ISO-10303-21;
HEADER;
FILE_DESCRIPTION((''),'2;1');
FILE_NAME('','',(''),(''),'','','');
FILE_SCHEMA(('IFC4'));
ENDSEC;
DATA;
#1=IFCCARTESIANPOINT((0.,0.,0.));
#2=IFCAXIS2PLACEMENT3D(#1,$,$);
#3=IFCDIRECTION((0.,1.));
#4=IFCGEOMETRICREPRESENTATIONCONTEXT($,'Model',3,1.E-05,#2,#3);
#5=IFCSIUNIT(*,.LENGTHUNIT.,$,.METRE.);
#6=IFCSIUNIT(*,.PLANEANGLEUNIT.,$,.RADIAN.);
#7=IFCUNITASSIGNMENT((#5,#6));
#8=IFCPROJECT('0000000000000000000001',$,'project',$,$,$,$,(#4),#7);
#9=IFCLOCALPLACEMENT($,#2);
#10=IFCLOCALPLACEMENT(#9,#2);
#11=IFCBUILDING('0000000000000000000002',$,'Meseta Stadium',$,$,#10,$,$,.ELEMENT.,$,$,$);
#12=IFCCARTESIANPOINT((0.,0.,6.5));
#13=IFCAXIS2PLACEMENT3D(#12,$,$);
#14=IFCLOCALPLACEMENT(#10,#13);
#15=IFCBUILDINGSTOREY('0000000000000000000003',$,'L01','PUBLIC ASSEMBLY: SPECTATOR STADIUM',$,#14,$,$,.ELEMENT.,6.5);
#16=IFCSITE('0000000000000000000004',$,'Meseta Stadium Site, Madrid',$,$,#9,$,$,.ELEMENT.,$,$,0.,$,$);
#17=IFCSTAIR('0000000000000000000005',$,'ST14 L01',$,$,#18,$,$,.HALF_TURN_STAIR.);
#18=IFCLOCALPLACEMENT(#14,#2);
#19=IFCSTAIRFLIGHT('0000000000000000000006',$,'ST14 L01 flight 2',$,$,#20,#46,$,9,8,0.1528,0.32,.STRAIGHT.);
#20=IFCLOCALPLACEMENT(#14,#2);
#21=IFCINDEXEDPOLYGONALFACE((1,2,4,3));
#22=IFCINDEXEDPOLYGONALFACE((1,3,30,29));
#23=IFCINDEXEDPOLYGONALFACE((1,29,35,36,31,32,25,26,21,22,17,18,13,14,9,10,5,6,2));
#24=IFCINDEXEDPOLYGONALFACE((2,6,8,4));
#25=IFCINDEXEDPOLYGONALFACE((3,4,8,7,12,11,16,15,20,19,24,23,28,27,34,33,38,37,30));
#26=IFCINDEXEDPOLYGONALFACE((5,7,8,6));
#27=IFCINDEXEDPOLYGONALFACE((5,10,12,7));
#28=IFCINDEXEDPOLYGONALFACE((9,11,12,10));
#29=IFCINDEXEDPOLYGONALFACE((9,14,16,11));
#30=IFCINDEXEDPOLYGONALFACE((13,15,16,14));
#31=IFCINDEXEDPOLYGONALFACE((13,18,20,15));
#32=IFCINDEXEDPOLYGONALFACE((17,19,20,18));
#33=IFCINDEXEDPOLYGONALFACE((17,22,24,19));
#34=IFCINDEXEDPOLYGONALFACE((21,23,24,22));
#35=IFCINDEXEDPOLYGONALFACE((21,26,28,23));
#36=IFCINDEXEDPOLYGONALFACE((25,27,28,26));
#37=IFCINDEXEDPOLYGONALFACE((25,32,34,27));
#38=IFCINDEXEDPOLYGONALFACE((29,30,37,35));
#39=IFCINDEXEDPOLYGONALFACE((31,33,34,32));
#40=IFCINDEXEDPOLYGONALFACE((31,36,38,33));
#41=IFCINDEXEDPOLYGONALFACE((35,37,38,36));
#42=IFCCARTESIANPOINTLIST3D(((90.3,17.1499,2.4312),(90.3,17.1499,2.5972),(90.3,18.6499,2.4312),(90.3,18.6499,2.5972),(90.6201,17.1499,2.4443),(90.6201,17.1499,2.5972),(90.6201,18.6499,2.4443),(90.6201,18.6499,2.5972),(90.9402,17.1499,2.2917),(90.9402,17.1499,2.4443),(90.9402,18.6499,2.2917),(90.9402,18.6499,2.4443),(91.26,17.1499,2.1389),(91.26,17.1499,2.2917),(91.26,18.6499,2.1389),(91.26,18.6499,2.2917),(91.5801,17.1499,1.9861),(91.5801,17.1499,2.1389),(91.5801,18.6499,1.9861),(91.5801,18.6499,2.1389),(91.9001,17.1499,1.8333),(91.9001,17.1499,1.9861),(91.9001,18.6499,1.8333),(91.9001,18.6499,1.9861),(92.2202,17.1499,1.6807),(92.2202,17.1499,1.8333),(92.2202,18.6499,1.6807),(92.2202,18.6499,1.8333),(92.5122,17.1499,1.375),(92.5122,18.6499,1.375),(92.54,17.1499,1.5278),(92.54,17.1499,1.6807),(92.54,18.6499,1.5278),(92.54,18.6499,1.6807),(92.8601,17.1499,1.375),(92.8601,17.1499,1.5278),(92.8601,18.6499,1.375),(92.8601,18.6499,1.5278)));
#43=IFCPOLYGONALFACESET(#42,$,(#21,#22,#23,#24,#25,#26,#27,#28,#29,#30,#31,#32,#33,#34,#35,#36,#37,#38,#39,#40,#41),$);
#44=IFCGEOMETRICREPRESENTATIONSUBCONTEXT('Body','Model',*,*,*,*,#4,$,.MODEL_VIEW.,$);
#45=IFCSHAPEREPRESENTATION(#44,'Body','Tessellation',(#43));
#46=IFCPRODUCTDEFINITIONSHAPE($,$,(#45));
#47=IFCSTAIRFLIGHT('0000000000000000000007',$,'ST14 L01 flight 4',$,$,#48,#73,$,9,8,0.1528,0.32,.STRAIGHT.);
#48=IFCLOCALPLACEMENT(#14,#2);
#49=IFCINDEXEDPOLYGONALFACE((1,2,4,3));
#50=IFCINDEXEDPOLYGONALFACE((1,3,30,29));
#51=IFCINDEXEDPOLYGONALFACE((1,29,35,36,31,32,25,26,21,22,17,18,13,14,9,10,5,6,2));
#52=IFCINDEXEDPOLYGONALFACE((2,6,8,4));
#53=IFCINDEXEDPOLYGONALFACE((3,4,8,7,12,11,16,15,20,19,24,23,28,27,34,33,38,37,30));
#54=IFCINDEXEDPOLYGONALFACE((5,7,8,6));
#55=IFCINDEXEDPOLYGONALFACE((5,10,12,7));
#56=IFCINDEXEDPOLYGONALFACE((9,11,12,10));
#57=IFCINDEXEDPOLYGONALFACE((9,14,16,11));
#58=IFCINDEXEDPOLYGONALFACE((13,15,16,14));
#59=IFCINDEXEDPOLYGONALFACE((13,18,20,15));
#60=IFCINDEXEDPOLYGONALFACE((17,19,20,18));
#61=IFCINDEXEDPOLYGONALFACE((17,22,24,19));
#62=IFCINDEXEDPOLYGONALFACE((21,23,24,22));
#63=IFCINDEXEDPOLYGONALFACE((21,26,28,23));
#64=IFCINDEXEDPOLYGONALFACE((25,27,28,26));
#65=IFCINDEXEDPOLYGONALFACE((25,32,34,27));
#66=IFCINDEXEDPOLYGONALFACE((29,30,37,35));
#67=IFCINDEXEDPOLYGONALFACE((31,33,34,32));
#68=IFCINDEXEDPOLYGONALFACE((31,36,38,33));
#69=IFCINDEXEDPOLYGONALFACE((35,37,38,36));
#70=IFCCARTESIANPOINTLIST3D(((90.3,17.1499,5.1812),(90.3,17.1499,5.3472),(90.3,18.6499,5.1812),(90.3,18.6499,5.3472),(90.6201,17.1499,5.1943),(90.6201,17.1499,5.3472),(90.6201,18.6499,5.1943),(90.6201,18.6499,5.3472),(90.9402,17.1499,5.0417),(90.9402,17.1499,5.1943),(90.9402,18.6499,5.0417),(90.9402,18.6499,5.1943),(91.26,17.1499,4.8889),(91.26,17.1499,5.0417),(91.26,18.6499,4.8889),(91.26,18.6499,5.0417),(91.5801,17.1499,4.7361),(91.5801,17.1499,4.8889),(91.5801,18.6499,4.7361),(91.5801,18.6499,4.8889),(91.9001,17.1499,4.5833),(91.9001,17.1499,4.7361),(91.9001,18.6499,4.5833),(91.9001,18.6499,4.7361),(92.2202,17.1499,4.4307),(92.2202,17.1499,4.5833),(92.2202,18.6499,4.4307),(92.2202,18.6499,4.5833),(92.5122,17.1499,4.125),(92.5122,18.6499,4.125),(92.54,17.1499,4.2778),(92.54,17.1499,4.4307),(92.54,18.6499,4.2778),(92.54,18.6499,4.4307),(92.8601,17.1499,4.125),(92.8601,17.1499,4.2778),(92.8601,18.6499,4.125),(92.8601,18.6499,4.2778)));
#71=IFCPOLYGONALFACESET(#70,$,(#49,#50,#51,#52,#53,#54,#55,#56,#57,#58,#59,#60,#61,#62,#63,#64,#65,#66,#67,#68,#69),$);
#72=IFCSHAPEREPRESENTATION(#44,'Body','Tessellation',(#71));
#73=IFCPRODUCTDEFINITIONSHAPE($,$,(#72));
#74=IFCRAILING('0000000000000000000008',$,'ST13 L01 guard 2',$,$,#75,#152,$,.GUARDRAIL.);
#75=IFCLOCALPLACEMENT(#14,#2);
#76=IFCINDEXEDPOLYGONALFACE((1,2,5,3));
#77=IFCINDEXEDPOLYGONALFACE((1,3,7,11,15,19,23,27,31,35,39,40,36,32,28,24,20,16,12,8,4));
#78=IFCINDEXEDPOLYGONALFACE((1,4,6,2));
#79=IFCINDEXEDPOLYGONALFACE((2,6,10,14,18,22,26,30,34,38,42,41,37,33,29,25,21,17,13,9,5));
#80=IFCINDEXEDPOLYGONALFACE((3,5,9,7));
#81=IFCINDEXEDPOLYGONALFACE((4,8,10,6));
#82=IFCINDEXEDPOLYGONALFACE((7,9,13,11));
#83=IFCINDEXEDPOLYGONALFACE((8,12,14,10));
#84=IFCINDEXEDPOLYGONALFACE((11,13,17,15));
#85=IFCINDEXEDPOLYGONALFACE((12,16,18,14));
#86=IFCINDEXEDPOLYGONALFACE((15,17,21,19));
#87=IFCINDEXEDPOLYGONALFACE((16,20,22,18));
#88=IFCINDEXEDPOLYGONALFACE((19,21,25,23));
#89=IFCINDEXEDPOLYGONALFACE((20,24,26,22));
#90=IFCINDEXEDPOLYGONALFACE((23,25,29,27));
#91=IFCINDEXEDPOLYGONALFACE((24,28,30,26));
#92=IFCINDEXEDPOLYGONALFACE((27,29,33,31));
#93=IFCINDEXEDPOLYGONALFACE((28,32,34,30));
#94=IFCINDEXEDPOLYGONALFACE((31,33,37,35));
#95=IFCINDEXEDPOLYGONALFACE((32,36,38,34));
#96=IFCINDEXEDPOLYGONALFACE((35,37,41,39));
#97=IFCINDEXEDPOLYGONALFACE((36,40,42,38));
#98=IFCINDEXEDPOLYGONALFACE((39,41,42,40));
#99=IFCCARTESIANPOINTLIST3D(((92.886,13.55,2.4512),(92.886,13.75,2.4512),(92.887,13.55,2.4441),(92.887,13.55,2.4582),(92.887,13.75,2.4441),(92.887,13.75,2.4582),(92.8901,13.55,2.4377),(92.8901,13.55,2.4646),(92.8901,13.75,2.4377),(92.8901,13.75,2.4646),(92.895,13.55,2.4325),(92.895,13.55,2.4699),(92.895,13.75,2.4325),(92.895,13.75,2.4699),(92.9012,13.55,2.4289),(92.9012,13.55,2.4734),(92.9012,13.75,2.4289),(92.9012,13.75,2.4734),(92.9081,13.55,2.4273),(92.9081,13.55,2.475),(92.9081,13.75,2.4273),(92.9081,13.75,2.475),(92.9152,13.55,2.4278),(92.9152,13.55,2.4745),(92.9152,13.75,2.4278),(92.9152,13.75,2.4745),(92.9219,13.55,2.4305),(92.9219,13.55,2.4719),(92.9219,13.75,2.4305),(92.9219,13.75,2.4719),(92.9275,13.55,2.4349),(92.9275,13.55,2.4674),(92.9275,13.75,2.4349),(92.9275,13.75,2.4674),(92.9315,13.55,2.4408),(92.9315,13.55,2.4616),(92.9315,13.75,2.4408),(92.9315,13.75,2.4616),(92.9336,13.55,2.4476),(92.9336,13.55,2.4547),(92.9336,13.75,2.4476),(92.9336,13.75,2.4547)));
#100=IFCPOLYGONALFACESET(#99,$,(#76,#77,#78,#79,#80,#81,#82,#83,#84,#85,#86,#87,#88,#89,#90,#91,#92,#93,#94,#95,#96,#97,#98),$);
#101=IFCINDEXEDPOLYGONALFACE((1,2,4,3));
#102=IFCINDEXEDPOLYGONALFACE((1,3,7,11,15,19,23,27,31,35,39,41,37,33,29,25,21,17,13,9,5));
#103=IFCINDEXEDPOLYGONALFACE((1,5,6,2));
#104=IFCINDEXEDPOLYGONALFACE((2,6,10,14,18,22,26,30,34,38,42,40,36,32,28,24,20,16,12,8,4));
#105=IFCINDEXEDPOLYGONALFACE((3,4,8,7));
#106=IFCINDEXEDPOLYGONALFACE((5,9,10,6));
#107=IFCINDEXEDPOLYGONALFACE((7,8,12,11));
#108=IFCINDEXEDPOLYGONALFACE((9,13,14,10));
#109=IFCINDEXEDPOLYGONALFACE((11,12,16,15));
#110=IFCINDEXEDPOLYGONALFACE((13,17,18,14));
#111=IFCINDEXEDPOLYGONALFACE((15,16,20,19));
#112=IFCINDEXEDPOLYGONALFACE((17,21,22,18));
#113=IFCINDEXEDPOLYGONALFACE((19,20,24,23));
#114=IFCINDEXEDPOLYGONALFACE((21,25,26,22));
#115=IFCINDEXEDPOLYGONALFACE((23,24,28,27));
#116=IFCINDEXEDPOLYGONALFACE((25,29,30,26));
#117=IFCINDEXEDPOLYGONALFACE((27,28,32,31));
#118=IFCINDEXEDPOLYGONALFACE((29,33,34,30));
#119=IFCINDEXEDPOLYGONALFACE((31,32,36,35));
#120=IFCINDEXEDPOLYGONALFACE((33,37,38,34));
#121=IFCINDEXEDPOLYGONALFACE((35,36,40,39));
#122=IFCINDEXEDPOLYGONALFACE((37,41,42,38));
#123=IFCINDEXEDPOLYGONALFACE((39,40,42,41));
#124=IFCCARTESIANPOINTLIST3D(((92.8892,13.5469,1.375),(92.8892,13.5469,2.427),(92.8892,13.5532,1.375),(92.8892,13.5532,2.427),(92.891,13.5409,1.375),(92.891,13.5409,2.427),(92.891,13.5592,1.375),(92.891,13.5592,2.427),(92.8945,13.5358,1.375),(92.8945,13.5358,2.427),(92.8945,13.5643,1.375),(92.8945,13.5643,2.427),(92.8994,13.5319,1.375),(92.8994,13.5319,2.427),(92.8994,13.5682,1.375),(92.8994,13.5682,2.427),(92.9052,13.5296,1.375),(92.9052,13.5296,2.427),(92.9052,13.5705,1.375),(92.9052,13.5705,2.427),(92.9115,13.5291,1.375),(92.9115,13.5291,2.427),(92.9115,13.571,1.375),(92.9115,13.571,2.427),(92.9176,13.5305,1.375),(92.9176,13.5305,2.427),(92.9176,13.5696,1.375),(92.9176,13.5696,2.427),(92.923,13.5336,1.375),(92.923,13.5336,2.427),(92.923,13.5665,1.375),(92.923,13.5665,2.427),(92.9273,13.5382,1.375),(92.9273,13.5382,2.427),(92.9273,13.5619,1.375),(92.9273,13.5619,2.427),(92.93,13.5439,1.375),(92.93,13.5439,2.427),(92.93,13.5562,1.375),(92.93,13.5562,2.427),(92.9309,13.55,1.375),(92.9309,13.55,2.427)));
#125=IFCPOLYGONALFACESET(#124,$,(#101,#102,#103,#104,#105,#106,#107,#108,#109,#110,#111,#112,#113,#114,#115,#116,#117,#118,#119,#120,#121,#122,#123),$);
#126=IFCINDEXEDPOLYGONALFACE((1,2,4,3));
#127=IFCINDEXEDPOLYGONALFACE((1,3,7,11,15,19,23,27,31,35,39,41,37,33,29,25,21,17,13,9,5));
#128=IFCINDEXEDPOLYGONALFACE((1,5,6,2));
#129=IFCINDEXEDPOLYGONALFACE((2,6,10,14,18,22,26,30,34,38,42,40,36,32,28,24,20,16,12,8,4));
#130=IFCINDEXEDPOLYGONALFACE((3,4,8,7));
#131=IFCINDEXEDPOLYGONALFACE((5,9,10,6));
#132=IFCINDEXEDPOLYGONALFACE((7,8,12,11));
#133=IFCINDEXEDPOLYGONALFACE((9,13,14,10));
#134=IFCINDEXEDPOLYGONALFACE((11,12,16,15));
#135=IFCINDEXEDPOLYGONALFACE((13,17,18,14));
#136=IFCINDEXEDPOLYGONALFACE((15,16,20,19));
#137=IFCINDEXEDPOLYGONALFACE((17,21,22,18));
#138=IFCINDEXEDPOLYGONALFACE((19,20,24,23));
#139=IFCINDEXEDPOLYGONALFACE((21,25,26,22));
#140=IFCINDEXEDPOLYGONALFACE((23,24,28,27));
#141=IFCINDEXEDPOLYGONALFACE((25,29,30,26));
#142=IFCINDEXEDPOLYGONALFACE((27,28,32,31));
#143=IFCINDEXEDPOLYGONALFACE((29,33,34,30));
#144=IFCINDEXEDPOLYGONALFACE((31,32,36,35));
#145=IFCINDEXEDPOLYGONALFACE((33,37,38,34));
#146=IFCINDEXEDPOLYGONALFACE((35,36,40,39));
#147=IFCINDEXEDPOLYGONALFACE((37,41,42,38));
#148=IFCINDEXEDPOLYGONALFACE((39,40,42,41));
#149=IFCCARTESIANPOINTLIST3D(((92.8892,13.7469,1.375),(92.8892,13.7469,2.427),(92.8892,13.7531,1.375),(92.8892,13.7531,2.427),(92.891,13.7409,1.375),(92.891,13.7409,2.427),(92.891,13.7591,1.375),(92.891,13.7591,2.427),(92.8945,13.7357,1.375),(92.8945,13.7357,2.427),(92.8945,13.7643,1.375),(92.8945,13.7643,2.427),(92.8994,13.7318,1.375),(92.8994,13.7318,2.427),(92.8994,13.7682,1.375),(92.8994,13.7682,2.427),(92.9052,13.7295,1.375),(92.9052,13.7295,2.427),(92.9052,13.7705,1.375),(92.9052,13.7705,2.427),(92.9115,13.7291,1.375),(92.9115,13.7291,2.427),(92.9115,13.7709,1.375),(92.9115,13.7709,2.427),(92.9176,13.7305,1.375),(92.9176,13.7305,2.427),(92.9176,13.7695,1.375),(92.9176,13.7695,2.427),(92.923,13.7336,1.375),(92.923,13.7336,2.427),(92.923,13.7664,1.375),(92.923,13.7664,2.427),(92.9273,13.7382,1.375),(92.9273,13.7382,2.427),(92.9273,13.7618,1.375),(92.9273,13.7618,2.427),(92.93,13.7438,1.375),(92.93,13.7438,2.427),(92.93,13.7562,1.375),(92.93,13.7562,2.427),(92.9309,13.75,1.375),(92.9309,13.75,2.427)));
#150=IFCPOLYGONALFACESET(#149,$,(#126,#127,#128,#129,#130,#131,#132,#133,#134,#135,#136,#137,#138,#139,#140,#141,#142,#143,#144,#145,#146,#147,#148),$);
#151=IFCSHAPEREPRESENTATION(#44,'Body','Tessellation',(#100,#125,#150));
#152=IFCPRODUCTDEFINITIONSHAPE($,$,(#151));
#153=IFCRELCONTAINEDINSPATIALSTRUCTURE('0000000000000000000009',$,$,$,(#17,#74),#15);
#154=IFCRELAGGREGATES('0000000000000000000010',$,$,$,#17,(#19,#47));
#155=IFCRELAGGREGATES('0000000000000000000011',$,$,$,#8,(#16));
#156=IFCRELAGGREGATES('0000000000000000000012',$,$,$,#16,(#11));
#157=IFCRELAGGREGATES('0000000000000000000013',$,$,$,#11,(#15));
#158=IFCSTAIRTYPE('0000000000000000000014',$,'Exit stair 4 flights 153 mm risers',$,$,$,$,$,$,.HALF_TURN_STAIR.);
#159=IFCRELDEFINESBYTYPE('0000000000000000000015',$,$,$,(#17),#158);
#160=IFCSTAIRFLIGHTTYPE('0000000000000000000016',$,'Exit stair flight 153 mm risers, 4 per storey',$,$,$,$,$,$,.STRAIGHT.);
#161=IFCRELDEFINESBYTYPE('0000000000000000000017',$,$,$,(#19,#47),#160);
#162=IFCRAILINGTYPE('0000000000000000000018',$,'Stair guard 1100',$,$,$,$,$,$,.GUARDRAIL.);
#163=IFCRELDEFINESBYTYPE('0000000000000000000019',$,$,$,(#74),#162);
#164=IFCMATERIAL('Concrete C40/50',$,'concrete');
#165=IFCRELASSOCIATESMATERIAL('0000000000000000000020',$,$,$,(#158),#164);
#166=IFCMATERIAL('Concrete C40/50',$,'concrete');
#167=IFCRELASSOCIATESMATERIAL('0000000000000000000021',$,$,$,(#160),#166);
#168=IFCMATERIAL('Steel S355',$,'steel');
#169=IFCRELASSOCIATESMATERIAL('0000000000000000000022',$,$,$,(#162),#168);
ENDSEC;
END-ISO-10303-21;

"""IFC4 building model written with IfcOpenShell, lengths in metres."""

from ifc_helpers import new_model, si_unit, direction, frame, origin, origin_2d, place, context, subcontext, project, spatial, polyline, circle, outline, extrude, material, type_object, element, aggregate, save


model = new_model("IFC4")

# Units and contexts
model_context = context("Model", 3, precision=1e-05, world=origin(), true_north=direction((0.0, 1.0)))
body_context = subcontext(model_context, "Body", "Model", "MODEL_VIEW")
ifc_project = project(units=[si_unit("LENGTHUNIT", "METRE"), si_unit("PLANEANGLEUNIT", "RADIAN")], contexts=[model_context])

# Site, building, storey
site_placement = place(None, origin())
site = spatial("IfcSite", under=ifc_project, at=site_placement, Name="Meseta Stadium Site, Madrid", CompositionType="ELEMENT", RefElevation=0.0)
building_placement = place(site_placement, origin())
building = spatial("IfcBuilding", under=site, at=building_placement, Name="Meseta Stadium", CompositionType="ELEMENT")
storey_placement = place(building_placement, frame((0.0, 0.0, 6.5)))
storey = spatial("IfcBuildingStorey", under=building, at=storey_placement, Name="L01", Description="PUBLIC ASSEMBLY: SPECTATOR STADIUM", CompositionType="ELEMENT", Elevation=6.5)

# Stair, stair flights
ifc_material_1 = material(Name="Concrete C40/50", Category="concrete")
stair_type = type_object("IfcStairType", Name="Exit stair 4 flights 153 mm risers", PredefinedType="HALF_TURN_STAIR", material=ifc_material_1)
ifc_material_2 = material(Name="Concrete C40/50", Category="concrete")
stair_flight_type = type_object("IfcStairFlightType", Name="Exit stair flight 153 mm risers, 4 per storey", PredefinedType="STRAIGHT", material=ifc_material_2)
stair_1_placement = place(storey_placement, origin())
stair_1 = element("IfcStair", 1, at=stair_1_placement, inside=storey, type_object=stair_type, Name="ST14 L01", PredefinedType="HALF_TURN_STAIR")
stair_flight_1_placement = place(storey_placement, frame((92.8601, 17.8999, 1.375), z_axis=(0.0, 0.0, 1.0), x_axis=(-1.0, 0.0, 0.0)))
stair_flight_1 = element("IfcStairFlight", 2, at=stair_flight_1_placement, type_object=stair_flight_type, Name="ST14 L01 flight 2", NumberOfRisers=9, NumberOfTreads=8, PredefinedType="STRAIGHT", RiserHeight=0.1528, TreadLength=0.32, context=body_context, shape_type="SweptSolid", body=[
    extrude(outline(polyline([(0.0, 0.0), (0.0, 0.1528), (0.3201, 0.1528), (0.3201, 0.3057), (0.6399, 0.3057), (0.6399, 0.4583), (0.96, 0.4583), (0.96, 0.6111), (1.28, 0.6111), (1.28, 0.7639), (1.6001, 0.7639), (1.6001, 0.9167), (1.9199, 0.9167), (1.9199, 1.0693), (2.24, 1.0693), (2.24, 1.2222), (2.5601, 1.2222), (2.5601, 1.0562), (0.3479, 0.0), (0.0, 0.0)])), frame((0.0, 0.75, 0.0), z_axis=(0.0, -1.0, 0.0), x_axis=(1.0, 0.0, 0.0)), (0.0, 0.0, 1.0), 1.5),
])
stair_flight_2_placement = place(storey_placement, frame((92.8601, 17.8999, 4.125), z_axis=(0.0, 0.0, 1.0), x_axis=(-1.0, 0.0, 0.0)))
stair_flight_2 = element("IfcStairFlight", 3, at=stair_flight_2_placement, type_object=stair_flight_type, Name="ST14 L01 flight 4", NumberOfRisers=9, NumberOfTreads=8, PredefinedType="STRAIGHT", RiserHeight=0.1528, TreadLength=0.32, context=body_context, shape_type="SweptSolid", body=[
    extrude(outline(polyline([(0.0, 0.0), (0.0, 0.1528), (0.3201, 0.1528), (0.3201, 0.3057), (0.6399, 0.3057), (0.6399, 0.4583), (0.96, 0.4583), (0.96, 0.6111), (1.28, 0.6111), (1.28, 0.7639), (1.6001, 0.7639), (1.6001, 0.9167), (1.9199, 0.9167), (1.9199, 1.0693), (2.24, 1.0693), (2.24, 1.2222), (2.5601, 1.2222), (2.5601, 1.0562), (0.3479, 0.0), (0.0, 0.0)])), frame((0.0, 0.75, 0.0), z_axis=(0.0, -1.0, 0.0), x_axis=(1.0, 0.0, 0.0)), (0.0, 0.0, 1.0), 1.5),
])
aggregate(stair_1, [stair_flight_1, stair_flight_2])

# Railing
ifc_material_3 = material(Name="Steel S355", Category="steel")
railing_type_1 = type_object("IfcRailingType", Name="Stair guard 1100", PredefinedType="GUARDRAIL", material=ifc_material_3)
railing_1_placement = place(storey_placement, frame((92.9099, 13.55, 1.375)))
element("IfcRailing", 4, at=railing_1_placement, inside=storey, type_object=railing_type_1, Name="ST13 L01 guard 2", PredefinedType="GUARDRAIL", context=body_context, shape_type="SweptSolid", body=[
    extrude(circle(Radius=0.0239, at=origin_2d()), frame((0.0, 0.0, 1.0762), z_axis=(0.0, 1.0, 0.0), x_axis=(-1.0, 0.0, 0.0)), (0.0, 0.0, 1.0), 0.2),
    extrude(circle(Radius=0.021, at=origin_2d()), origin(), (0.0, 0.0, 1.0), 1.052),
    extrude(circle(Radius=0.021, at=origin_2d()), frame((0.0, 0.2, 0.0)), (0.0, 0.0, 1.0), 1.052),
])

save(model, "model.ifc")
